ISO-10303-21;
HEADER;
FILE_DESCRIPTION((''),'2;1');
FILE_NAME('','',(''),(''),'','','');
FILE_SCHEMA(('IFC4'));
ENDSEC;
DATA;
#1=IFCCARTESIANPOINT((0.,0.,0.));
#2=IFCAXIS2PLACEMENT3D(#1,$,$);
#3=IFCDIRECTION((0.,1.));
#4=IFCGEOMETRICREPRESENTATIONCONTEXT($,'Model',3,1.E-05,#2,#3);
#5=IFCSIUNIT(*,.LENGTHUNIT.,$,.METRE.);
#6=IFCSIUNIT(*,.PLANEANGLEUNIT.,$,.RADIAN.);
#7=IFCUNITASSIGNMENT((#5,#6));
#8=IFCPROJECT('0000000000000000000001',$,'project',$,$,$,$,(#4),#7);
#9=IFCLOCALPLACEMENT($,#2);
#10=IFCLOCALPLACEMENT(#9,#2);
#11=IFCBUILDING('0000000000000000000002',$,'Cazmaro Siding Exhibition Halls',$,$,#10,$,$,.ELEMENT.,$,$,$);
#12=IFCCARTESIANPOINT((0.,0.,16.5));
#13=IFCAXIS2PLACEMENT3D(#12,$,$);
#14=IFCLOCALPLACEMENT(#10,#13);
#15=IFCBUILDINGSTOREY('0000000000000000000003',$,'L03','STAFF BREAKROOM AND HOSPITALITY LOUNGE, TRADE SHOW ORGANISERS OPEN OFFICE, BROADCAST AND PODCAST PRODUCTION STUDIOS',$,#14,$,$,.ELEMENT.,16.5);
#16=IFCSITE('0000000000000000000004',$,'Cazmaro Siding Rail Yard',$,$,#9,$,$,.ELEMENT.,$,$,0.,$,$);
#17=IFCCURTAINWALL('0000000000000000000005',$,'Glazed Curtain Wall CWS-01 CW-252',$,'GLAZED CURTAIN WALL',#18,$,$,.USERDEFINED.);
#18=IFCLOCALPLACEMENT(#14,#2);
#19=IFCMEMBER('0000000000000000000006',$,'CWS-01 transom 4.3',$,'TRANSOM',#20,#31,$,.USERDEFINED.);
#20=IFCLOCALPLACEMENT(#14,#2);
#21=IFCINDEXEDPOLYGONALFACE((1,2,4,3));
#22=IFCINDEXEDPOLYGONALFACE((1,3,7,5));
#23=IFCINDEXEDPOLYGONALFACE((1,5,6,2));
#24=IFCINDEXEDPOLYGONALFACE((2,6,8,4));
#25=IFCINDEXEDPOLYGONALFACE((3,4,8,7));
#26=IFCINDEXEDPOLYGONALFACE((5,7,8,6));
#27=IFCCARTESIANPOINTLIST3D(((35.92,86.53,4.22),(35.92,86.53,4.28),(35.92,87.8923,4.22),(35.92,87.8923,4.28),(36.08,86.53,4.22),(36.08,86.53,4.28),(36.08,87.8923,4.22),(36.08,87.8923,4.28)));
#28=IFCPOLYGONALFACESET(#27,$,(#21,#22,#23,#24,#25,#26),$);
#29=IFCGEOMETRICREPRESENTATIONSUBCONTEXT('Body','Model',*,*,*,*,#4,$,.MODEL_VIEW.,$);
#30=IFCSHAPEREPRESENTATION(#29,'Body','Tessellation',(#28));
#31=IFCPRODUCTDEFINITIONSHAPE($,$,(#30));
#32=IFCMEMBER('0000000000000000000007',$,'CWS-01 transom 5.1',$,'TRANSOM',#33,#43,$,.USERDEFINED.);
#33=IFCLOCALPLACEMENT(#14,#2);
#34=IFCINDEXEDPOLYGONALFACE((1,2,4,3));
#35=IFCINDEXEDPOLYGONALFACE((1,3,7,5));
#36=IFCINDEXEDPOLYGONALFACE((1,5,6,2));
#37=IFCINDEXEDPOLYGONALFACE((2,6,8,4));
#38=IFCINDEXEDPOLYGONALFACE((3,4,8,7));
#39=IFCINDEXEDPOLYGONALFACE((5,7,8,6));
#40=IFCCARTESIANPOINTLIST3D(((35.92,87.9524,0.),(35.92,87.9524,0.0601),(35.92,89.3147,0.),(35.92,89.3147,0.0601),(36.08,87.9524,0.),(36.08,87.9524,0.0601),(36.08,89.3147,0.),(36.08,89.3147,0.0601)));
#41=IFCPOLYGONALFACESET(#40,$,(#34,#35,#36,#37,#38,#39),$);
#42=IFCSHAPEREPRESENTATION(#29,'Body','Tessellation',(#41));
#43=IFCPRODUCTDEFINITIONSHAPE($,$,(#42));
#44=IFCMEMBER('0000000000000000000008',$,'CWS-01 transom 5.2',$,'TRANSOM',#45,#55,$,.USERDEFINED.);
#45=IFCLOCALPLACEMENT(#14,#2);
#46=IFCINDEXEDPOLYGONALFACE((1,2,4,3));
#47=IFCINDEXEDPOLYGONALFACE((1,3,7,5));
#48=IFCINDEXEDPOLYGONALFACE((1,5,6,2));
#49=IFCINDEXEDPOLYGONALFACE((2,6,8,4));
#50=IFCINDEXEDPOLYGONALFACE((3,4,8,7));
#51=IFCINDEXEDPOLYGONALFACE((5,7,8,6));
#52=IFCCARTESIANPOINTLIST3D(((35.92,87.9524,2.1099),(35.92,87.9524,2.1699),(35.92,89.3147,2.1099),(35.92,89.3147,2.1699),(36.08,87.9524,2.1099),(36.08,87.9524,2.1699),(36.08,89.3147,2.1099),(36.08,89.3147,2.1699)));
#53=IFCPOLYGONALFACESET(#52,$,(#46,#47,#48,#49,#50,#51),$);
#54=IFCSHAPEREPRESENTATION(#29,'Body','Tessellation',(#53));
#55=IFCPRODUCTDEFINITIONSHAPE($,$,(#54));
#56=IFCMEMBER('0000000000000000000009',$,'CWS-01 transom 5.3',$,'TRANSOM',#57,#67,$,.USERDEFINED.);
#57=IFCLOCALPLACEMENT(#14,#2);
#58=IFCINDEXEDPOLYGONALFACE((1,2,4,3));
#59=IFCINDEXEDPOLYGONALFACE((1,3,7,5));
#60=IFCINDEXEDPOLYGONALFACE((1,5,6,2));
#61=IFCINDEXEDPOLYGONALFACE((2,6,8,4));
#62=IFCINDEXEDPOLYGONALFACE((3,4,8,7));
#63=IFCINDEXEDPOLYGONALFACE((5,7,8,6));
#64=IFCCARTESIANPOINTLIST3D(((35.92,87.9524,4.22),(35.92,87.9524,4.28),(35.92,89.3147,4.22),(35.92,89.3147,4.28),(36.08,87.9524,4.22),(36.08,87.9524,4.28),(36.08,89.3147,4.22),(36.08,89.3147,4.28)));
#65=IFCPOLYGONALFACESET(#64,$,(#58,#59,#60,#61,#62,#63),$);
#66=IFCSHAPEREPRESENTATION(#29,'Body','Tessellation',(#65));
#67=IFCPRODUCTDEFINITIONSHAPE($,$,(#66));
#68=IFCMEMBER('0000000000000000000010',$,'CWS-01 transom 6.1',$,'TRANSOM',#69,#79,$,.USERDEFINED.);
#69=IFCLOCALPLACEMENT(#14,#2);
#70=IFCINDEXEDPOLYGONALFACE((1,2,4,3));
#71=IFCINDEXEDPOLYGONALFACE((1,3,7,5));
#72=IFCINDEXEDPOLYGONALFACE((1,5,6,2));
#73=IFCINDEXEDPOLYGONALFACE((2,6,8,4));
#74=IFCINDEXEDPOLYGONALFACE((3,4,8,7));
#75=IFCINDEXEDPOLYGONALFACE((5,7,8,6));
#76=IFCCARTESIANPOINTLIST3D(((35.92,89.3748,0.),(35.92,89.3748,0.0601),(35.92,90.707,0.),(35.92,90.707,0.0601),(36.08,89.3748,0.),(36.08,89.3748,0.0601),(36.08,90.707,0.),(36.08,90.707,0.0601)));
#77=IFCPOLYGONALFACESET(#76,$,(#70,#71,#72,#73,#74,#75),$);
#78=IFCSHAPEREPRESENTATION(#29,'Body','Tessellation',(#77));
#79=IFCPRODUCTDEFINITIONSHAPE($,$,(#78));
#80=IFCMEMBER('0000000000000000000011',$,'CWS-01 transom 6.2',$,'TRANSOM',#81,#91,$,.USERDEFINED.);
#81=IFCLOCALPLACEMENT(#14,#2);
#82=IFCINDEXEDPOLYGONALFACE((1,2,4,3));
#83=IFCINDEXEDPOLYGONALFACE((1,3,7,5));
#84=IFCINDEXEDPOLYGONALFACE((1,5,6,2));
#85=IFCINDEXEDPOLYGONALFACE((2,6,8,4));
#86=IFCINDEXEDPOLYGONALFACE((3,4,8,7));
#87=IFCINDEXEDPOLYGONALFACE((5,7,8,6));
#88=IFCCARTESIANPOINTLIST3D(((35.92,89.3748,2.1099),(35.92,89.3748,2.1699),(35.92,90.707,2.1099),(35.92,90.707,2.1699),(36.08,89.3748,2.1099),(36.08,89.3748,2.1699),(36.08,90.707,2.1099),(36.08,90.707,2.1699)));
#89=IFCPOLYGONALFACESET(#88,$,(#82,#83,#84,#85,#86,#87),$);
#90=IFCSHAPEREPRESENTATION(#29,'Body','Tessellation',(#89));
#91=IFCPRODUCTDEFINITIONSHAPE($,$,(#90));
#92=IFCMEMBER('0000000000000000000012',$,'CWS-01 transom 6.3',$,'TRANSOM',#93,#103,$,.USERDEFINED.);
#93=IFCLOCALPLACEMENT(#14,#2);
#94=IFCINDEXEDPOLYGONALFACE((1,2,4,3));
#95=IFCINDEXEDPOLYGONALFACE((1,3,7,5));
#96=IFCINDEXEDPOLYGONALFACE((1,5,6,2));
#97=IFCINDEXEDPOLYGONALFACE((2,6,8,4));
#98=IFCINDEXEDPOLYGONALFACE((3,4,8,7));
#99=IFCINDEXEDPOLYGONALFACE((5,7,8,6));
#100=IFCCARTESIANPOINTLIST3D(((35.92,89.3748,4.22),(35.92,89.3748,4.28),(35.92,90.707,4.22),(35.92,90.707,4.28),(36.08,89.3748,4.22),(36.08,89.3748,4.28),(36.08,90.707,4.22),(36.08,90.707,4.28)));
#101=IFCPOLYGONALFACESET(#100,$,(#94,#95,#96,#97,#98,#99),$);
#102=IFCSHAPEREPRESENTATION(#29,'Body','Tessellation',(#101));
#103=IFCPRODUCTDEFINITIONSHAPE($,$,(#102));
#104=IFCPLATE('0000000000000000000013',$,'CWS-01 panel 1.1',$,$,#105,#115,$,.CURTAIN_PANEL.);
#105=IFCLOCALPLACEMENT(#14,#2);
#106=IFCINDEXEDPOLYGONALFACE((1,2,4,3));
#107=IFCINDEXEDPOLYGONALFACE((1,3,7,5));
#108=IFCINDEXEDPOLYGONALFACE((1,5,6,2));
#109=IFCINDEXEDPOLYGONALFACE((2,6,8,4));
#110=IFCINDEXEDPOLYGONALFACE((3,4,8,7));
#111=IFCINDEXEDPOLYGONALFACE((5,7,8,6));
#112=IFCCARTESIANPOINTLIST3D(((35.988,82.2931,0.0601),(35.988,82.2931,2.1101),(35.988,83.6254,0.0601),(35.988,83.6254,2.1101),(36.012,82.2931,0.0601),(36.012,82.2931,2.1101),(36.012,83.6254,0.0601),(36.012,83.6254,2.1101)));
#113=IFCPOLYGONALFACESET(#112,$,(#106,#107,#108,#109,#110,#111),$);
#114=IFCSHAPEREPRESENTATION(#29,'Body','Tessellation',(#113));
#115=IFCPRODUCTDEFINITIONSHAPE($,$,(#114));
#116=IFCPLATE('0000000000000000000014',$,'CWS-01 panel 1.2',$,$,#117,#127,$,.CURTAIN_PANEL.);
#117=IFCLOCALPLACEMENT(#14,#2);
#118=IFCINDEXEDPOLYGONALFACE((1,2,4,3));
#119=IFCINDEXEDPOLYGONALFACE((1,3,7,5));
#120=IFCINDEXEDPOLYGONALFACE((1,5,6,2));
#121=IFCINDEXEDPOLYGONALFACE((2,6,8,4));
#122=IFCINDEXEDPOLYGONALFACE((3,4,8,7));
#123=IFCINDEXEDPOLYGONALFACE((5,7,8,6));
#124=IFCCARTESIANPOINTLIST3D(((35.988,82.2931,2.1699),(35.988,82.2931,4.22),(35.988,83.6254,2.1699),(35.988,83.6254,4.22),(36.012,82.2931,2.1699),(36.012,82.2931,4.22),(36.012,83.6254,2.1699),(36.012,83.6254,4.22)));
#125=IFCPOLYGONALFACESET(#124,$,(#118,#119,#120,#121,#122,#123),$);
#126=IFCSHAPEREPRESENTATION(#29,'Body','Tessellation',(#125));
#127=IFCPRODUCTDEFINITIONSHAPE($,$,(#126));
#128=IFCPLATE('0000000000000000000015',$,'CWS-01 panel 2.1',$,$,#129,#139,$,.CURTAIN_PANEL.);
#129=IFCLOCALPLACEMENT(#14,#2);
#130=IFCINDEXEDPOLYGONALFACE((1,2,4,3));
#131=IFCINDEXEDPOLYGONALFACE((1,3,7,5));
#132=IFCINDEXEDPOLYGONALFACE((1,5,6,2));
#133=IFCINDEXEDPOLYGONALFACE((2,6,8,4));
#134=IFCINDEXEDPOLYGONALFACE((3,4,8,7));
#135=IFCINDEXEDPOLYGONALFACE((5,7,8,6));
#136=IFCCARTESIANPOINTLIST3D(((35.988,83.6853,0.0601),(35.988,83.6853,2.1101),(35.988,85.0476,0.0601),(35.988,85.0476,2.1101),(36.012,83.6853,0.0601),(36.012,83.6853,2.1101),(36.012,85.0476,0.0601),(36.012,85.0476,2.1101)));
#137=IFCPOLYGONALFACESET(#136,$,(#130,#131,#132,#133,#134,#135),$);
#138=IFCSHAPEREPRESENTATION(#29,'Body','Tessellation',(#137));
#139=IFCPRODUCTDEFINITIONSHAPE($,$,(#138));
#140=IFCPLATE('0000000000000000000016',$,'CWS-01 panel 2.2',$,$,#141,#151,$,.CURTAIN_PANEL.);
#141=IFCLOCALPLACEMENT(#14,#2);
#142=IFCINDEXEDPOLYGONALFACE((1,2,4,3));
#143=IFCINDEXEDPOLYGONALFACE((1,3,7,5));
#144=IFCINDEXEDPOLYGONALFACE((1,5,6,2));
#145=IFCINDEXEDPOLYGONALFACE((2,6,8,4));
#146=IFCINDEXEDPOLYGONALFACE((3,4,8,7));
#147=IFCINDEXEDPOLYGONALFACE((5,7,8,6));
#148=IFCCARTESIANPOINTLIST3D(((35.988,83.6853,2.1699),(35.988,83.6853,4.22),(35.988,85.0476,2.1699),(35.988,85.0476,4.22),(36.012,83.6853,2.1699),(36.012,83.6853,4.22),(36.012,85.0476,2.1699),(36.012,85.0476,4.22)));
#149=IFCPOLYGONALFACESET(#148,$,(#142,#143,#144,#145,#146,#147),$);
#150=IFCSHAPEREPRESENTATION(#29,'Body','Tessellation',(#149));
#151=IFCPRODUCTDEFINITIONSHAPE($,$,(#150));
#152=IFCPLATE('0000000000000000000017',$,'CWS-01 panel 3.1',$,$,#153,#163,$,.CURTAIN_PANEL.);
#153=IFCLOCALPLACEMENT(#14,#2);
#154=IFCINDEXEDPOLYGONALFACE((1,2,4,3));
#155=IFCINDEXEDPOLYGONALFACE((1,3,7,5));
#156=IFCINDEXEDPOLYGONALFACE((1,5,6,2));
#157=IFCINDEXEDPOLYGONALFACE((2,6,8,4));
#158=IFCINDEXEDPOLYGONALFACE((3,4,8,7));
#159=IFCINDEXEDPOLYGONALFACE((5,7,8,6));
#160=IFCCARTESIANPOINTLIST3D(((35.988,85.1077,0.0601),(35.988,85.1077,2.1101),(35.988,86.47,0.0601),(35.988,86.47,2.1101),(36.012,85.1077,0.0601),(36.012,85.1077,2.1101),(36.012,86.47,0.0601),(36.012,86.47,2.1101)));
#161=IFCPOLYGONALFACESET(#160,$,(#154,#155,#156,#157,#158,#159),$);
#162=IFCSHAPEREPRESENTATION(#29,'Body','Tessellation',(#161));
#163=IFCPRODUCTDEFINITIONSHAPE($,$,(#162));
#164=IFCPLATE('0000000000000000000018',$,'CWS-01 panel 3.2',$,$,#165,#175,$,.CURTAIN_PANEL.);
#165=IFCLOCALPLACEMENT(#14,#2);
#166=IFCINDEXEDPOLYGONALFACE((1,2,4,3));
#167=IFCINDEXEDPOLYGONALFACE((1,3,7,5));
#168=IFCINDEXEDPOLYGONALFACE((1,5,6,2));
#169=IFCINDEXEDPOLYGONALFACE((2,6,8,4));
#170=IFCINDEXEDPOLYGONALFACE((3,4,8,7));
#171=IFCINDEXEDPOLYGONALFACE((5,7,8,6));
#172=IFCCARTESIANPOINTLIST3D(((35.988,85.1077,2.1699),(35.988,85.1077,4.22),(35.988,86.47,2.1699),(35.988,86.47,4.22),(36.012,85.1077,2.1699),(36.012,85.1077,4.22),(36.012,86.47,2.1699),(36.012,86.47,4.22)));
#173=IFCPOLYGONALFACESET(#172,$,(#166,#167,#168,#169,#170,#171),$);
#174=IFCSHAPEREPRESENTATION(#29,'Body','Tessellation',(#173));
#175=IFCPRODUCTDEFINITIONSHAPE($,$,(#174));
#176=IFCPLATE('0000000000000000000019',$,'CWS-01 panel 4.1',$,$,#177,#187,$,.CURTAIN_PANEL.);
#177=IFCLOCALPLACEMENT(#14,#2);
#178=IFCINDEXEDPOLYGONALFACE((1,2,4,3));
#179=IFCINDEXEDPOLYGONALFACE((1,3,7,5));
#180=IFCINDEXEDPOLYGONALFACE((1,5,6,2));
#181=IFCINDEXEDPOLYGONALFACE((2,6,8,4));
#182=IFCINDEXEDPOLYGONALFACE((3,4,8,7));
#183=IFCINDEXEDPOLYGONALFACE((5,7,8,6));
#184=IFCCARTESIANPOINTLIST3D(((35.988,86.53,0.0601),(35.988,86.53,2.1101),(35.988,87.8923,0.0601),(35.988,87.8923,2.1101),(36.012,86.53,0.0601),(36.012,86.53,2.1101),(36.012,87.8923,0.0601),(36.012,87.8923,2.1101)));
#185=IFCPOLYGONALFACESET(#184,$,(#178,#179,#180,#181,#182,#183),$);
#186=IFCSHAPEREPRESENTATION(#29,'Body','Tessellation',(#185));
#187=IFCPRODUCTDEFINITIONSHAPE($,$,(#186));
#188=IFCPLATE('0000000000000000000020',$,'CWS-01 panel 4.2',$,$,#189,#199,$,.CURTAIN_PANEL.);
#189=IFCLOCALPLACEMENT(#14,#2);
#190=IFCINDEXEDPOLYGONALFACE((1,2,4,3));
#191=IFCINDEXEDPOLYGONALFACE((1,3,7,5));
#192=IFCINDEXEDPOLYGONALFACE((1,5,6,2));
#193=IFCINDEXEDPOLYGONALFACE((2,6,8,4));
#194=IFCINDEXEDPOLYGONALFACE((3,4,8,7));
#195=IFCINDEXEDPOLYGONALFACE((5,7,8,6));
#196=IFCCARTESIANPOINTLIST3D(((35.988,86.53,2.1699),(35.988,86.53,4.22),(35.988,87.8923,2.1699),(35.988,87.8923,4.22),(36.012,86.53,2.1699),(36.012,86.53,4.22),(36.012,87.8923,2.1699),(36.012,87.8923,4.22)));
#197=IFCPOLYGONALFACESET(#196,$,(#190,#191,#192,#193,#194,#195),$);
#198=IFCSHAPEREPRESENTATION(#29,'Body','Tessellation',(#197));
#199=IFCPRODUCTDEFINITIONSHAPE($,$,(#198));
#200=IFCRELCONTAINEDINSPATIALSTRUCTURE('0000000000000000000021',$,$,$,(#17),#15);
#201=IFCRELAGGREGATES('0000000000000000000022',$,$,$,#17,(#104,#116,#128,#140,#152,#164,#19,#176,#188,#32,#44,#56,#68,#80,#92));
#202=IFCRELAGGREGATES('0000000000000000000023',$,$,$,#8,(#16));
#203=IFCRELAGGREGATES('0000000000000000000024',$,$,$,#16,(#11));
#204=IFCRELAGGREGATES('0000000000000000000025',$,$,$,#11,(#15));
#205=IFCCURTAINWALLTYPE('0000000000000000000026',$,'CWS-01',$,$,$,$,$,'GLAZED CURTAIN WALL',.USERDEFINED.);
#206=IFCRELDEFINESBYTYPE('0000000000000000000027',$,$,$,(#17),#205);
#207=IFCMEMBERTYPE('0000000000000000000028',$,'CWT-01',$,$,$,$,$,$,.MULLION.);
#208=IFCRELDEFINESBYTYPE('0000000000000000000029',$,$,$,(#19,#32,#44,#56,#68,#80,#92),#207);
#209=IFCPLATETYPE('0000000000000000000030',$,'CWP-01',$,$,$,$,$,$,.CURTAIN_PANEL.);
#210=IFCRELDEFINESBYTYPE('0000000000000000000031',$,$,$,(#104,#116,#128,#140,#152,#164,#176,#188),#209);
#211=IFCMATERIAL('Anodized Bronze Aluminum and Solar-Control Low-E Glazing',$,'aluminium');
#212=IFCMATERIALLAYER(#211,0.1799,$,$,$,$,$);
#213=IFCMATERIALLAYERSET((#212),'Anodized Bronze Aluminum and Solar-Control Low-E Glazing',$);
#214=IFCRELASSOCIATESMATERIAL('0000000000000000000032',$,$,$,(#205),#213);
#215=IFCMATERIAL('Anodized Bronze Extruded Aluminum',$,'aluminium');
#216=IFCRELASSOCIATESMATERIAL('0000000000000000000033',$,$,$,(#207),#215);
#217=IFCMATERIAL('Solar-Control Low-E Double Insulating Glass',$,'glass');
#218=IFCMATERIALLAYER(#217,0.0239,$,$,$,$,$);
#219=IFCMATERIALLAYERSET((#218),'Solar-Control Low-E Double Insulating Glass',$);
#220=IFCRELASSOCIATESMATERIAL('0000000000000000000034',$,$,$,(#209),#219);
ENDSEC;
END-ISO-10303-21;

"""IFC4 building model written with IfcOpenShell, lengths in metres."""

from ifc_helpers import new_model, si_unit, direction, frame, origin, origin_2d, place, context, subcontext, project, spatial, rectangle, extrude, material, layer, layer_set, material_profile, profile_set, type_object, element, aggregate, save


model = new_model("IFC4")

# Units and contexts
model_context = context("Model", 3, precision=1e-05, world=origin(), true_north=direction((0.0, 1.0)))
body_context = subcontext(model_context, "Body", "Model", "MODEL_VIEW")
ifc_project = project(units=[si_unit("LENGTHUNIT", "METRE"), si_unit("PLANEANGLEUNIT", "RADIAN")], contexts=[model_context])

# Site, building, storey
site_placement = place(None, origin())
site = spatial("IfcSite", under=ifc_project, at=site_placement, Name="Cazmaro Siding Rail Yard", CompositionType="ELEMENT", RefElevation=0.0)
building_placement = place(site_placement, origin())
building = spatial("IfcBuilding", under=site, at=building_placement, Name="Cazmaro Siding Exhibition Halls", CompositionType="ELEMENT")
storey_placement = place(building_placement, frame((0.0, 0.0, 16.5)))
storey = spatial("IfcBuildingStorey", under=building, at=storey_placement, Name="L03", Description="STAFF BREAKROOM AND HOSPITALITY LOUNGE, TRADE SHOW ORGANISERS OPEN OFFICE, BROADCAST AND PODCAST PRODUCTION STUDIOS", CompositionType="ELEMENT", Elevation=16.5)

# Curtain wall, members, plates
ifc_material_1 = material(Name="Anodized Bronze Aluminum and Solar-Control Low-E Glazing", Category="aluminium")
ifc_layer_1 = layer(ifc_material_1, 0.1799)
ifc_layer_set_1 = layer_set([ifc_layer_1], Name="Anodized Bronze Aluminum and Solar-Control Low-E Glazing")
curtain_wall_type = type_object("IfcCurtainWallType", Name="CWS-01", ElementType="GLAZED CURTAIN WALL", PredefinedType="USERDEFINED", material=ifc_layer_set_1)
curtain_wall_placement = place(storey_placement, origin())
curtain_wall = element("IfcCurtainWall", 1, at=curtain_wall_placement, inside=storey, type_object=curtain_wall_type, Name="Glazed Curtain Wall CWS-01 CW-252", ObjectType="GLAZED CURTAIN WALL", PredefinedType="USERDEFINED")
ifc_material_2 = material(Name="Anodized Bronze Extruded Aluminum", Category="aluminium")
ifc_material_profile_1 = material_profile(ifc_material_2, rectangle(XDim=0.1599, YDim=0.0601, at=origin_2d()), Name="CWT-01")
ifc_profile_set_1 = profile_set([ifc_material_profile_1], Name="Anodized Bronze Extruded Aluminum")
member_type_1 = type_object("IfcMemberType", Name="CWT-01", PredefinedType="MULLION", material=ifc_profile_set_1)
member_1_placement = place(storey_placement, frame((36.0, 86.53, 4.25), z_axis=(0.0, 1.0, 0.0), x_axis=(-1.0, 0.0, 0.0)))
member_1 = element("IfcMember", 2, at=member_1_placement, type_object=member_type_1, Name="CWS-01 transom 4.3", ObjectType="TRANSOM", PredefinedType="USERDEFINED", context=body_context, shape_type="SweptSolid", body=[
    extrude(rectangle(XDim=0.1599, YDim=0.0601, at=origin_2d()), origin(), (0.0, 0.0, 1.0), 1.3623),
])
member_2_placement = place(storey_placement, frame((36.0, 87.9524, 0.03), z_axis=(0.0, 1.0, 0.0), x_axis=(-1.0, 0.0, 0.0)))
member_2 = element("IfcMember", 3, at=member_2_placement, type_object=member_type_1, Name="CWS-01 transom 5.1", ObjectType="TRANSOM", PredefinedType="USERDEFINED", context=body_context, shape_type="SweptSolid", body=[
    extrude(rectangle(XDim=0.1599, YDim=0.0601, at=origin_2d()), origin(), (0.0, 0.0, 1.0), 1.3623),
])
member_3_placement = place(storey_placement, frame((36.0, 87.9524, 2.1399), z_axis=(0.0, 1.0, 0.0), x_axis=(-1.0, 0.0, 0.0)))
member_3 = element("IfcMember", 4, at=member_3_placement, type_object=member_type_1, Name="CWS-01 transom 5.2", ObjectType="TRANSOM", PredefinedType="USERDEFINED", context=body_context, shape_type="SweptSolid", body=[
    extrude(rectangle(XDim=0.1599, YDim=0.0601, at=origin_2d()), origin(), (0.0, 0.0, 1.0), 1.3623),
])
member_4_placement = place(storey_placement, frame((36.0, 87.9524, 4.25), z_axis=(0.0, 1.0, 0.0), x_axis=(-1.0, 0.0, 0.0)))
member_4 = element("IfcMember", 5, at=member_4_placement, type_object=member_type_1, Name="CWS-01 transom 5.3", ObjectType="TRANSOM", PredefinedType="USERDEFINED", context=body_context, shape_type="SweptSolid", body=[
    extrude(rectangle(XDim=0.1599, YDim=0.0601, at=origin_2d()), origin(), (0.0, 0.0, 1.0), 1.3623),
])
member_5_placement = place(storey_placement, frame((36.0, 89.3748, 0.03), z_axis=(0.0, 1.0, 0.0), x_axis=(-1.0, 0.0, 0.0)))
member_5 = element("IfcMember", 6, at=member_5_placement, type_object=member_type_1, Name="CWS-01 transom 6.1", ObjectType="TRANSOM", PredefinedType="USERDEFINED", context=body_context, shape_type="SweptSolid", body=[
    extrude(rectangle(XDim=0.1599, YDim=0.0601, at=origin_2d()), origin(), (0.0, 0.0, 1.0), 1.3323),
])
member_6_placement = place(storey_placement, frame((36.0, 89.3748, 2.1399), z_axis=(0.0, 1.0, 0.0), x_axis=(-1.0, 0.0, 0.0)))
member_6 = element("IfcMember", 7, at=member_6_placement, type_object=member_type_1, Name="CWS-01 transom 6.2", ObjectType="TRANSOM", PredefinedType="USERDEFINED", context=body_context, shape_type="SweptSolid", body=[
    extrude(rectangle(XDim=0.1599, YDim=0.0601, at=origin_2d()), origin(), (0.0, 0.0, 1.0), 1.3323),
])
member_7_placement = place(storey_placement, frame((36.0, 89.3748, 4.25), z_axis=(0.0, 1.0, 0.0), x_axis=(-1.0, 0.0, 0.0)))
member_7 = element("IfcMember", 8, at=member_7_placement, type_object=member_type_1, Name="CWS-01 transom 6.3", ObjectType="TRANSOM", PredefinedType="USERDEFINED", context=body_context, shape_type="SweptSolid", body=[
    extrude(rectangle(XDim=0.1599, YDim=0.0601, at=origin_2d()), origin(), (0.0, 0.0, 1.0), 1.3323),
])
ifc_material_3 = material(Name="Solar-Control Low-E Double Insulating Glass", Category="glass")
ifc_layer_2 = layer(ifc_material_3, 0.0239)
ifc_layer_set_2 = layer_set([ifc_layer_2], Name="Solar-Control Low-E Double Insulating Glass")
plate_type = type_object("IfcPlateType", Name="CWP-01", PredefinedType="CURTAIN_PANEL", material=ifc_layer_set_2)
plate_1_placement = place(storey_placement, frame((36.0, 82.9592, 0.0601), z_axis=(0.0, 0.0, 1.0), x_axis=(0.0, 1.0, 0.0)))
plate_1 = element("IfcPlate", 9, at=plate_1_placement, type_object=plate_type, Name="CWS-01 panel 1.1", PredefinedType="CURTAIN_PANEL", context=body_context, shape_type="SweptSolid", body=[
    extrude(rectangle(XDim=1.3323, YDim=0.0239, at=origin_2d()), origin(), (0.0, 0.0, 1.0), 2.05),
])
plate_2_placement = place(storey_placement, frame((36.0, 82.9592, 2.1699), z_axis=(0.0, 0.0, 1.0), x_axis=(0.0, 1.0, 0.0)))
plate_2 = element("IfcPlate", 10, at=plate_2_placement, type_object=plate_type, Name="CWS-01 panel 1.2", PredefinedType="CURTAIN_PANEL", context=body_context, shape_type="SweptSolid", body=[
    extrude(rectangle(XDim=1.3323, YDim=0.0239, at=origin_2d()), origin(), (0.0, 0.0, 1.0), 2.05),
])
plate_3_placement = place(storey_placement, frame((36.0, 84.3665, 0.0601), z_axis=(0.0, 0.0, 1.0), x_axis=(0.0, 1.0, 0.0)))
plate_3 = element("IfcPlate", 11, at=plate_3_placement, type_object=plate_type, Name="CWS-01 panel 2.1", PredefinedType="CURTAIN_PANEL", context=body_context, shape_type="SweptSolid", body=[
    extrude(rectangle(XDim=1.3623, YDim=0.0239, at=origin_2d()), origin(), (0.0, 0.0, 1.0), 2.05),
])
plate_4_placement = place(storey_placement, frame((36.0, 84.3665, 2.1699), z_axis=(0.0, 0.0, 1.0), x_axis=(0.0, 1.0, 0.0)))
plate_4 = element("IfcPlate", 12, at=plate_4_placement, type_object=plate_type, Name="CWS-01 panel 2.2", PredefinedType="CURTAIN_PANEL", context=body_context, shape_type="SweptSolid", body=[
    extrude(rectangle(XDim=1.3623, YDim=0.0239, at=origin_2d()), origin(), (0.0, 0.0, 1.0), 2.05),
])
plate_5_placement = place(storey_placement, frame((36.0, 85.7888, 0.0601), z_axis=(0.0, 0.0, 1.0), x_axis=(0.0, 1.0, 0.0)))
plate_5 = element("IfcPlate", 13, at=plate_5_placement, type_object=plate_type, Name="CWS-01 panel 3.1", PredefinedType="CURTAIN_PANEL", context=body_context, shape_type="SweptSolid", body=[
    extrude(rectangle(XDim=1.3623, YDim=0.0239, at=origin_2d()), origin(), (0.0, 0.0, 1.0), 2.05),
])
plate_6_placement = place(storey_placement, frame((36.0, 85.7888, 2.1699), z_axis=(0.0, 0.0, 1.0), x_axis=(0.0, 1.0, 0.0)))
plate_6 = element("IfcPlate", 14, at=plate_6_placement, type_object=plate_type, Name="CWS-01 panel 3.2", PredefinedType="CURTAIN_PANEL", context=body_context, shape_type="SweptSolid", body=[
    extrude(rectangle(XDim=1.3623, YDim=0.0239, at=origin_2d()), origin(), (0.0, 0.0, 1.0), 2.05),
])
plate_7_placement = place(storey_placement, frame((36.0, 87.2112, 0.0601), z_axis=(0.0, 0.0, 1.0), x_axis=(0.0, 1.0, 0.0)))
plate_7 = element("IfcPlate", 15, at=plate_7_placement, type_object=plate_type, Name="CWS-01 panel 4.1", PredefinedType="CURTAIN_PANEL", context=body_context, shape_type="SweptSolid", body=[
    extrude(rectangle(XDim=1.3623, YDim=0.0239, at=origin_2d()), origin(), (0.0, 0.0, 1.0), 2.05),
])
plate_8_placement = place(storey_placement, frame((36.0, 87.2112, 2.1699), z_axis=(0.0, 0.0, 1.0), x_axis=(0.0, 1.0, 0.0)))
plate_8 = element("IfcPlate", 16, at=plate_8_placement, type_object=plate_type, Name="CWS-01 panel 4.2", PredefinedType="CURTAIN_PANEL", context=body_context, shape_type="SweptSolid", body=[
    extrude(rectangle(XDim=1.3623, YDim=0.0239, at=origin_2d()), origin(), (0.0, 0.0, 1.0), 2.05),
])
aggregate(curtain_wall, [plate_1, plate_2, plate_3, plate_4, plate_5, plate_6, member_1, plate_7, plate_8, member_2, member_3, member_4, member_5, member_6, member_7])

save(model, "model.ifc")
